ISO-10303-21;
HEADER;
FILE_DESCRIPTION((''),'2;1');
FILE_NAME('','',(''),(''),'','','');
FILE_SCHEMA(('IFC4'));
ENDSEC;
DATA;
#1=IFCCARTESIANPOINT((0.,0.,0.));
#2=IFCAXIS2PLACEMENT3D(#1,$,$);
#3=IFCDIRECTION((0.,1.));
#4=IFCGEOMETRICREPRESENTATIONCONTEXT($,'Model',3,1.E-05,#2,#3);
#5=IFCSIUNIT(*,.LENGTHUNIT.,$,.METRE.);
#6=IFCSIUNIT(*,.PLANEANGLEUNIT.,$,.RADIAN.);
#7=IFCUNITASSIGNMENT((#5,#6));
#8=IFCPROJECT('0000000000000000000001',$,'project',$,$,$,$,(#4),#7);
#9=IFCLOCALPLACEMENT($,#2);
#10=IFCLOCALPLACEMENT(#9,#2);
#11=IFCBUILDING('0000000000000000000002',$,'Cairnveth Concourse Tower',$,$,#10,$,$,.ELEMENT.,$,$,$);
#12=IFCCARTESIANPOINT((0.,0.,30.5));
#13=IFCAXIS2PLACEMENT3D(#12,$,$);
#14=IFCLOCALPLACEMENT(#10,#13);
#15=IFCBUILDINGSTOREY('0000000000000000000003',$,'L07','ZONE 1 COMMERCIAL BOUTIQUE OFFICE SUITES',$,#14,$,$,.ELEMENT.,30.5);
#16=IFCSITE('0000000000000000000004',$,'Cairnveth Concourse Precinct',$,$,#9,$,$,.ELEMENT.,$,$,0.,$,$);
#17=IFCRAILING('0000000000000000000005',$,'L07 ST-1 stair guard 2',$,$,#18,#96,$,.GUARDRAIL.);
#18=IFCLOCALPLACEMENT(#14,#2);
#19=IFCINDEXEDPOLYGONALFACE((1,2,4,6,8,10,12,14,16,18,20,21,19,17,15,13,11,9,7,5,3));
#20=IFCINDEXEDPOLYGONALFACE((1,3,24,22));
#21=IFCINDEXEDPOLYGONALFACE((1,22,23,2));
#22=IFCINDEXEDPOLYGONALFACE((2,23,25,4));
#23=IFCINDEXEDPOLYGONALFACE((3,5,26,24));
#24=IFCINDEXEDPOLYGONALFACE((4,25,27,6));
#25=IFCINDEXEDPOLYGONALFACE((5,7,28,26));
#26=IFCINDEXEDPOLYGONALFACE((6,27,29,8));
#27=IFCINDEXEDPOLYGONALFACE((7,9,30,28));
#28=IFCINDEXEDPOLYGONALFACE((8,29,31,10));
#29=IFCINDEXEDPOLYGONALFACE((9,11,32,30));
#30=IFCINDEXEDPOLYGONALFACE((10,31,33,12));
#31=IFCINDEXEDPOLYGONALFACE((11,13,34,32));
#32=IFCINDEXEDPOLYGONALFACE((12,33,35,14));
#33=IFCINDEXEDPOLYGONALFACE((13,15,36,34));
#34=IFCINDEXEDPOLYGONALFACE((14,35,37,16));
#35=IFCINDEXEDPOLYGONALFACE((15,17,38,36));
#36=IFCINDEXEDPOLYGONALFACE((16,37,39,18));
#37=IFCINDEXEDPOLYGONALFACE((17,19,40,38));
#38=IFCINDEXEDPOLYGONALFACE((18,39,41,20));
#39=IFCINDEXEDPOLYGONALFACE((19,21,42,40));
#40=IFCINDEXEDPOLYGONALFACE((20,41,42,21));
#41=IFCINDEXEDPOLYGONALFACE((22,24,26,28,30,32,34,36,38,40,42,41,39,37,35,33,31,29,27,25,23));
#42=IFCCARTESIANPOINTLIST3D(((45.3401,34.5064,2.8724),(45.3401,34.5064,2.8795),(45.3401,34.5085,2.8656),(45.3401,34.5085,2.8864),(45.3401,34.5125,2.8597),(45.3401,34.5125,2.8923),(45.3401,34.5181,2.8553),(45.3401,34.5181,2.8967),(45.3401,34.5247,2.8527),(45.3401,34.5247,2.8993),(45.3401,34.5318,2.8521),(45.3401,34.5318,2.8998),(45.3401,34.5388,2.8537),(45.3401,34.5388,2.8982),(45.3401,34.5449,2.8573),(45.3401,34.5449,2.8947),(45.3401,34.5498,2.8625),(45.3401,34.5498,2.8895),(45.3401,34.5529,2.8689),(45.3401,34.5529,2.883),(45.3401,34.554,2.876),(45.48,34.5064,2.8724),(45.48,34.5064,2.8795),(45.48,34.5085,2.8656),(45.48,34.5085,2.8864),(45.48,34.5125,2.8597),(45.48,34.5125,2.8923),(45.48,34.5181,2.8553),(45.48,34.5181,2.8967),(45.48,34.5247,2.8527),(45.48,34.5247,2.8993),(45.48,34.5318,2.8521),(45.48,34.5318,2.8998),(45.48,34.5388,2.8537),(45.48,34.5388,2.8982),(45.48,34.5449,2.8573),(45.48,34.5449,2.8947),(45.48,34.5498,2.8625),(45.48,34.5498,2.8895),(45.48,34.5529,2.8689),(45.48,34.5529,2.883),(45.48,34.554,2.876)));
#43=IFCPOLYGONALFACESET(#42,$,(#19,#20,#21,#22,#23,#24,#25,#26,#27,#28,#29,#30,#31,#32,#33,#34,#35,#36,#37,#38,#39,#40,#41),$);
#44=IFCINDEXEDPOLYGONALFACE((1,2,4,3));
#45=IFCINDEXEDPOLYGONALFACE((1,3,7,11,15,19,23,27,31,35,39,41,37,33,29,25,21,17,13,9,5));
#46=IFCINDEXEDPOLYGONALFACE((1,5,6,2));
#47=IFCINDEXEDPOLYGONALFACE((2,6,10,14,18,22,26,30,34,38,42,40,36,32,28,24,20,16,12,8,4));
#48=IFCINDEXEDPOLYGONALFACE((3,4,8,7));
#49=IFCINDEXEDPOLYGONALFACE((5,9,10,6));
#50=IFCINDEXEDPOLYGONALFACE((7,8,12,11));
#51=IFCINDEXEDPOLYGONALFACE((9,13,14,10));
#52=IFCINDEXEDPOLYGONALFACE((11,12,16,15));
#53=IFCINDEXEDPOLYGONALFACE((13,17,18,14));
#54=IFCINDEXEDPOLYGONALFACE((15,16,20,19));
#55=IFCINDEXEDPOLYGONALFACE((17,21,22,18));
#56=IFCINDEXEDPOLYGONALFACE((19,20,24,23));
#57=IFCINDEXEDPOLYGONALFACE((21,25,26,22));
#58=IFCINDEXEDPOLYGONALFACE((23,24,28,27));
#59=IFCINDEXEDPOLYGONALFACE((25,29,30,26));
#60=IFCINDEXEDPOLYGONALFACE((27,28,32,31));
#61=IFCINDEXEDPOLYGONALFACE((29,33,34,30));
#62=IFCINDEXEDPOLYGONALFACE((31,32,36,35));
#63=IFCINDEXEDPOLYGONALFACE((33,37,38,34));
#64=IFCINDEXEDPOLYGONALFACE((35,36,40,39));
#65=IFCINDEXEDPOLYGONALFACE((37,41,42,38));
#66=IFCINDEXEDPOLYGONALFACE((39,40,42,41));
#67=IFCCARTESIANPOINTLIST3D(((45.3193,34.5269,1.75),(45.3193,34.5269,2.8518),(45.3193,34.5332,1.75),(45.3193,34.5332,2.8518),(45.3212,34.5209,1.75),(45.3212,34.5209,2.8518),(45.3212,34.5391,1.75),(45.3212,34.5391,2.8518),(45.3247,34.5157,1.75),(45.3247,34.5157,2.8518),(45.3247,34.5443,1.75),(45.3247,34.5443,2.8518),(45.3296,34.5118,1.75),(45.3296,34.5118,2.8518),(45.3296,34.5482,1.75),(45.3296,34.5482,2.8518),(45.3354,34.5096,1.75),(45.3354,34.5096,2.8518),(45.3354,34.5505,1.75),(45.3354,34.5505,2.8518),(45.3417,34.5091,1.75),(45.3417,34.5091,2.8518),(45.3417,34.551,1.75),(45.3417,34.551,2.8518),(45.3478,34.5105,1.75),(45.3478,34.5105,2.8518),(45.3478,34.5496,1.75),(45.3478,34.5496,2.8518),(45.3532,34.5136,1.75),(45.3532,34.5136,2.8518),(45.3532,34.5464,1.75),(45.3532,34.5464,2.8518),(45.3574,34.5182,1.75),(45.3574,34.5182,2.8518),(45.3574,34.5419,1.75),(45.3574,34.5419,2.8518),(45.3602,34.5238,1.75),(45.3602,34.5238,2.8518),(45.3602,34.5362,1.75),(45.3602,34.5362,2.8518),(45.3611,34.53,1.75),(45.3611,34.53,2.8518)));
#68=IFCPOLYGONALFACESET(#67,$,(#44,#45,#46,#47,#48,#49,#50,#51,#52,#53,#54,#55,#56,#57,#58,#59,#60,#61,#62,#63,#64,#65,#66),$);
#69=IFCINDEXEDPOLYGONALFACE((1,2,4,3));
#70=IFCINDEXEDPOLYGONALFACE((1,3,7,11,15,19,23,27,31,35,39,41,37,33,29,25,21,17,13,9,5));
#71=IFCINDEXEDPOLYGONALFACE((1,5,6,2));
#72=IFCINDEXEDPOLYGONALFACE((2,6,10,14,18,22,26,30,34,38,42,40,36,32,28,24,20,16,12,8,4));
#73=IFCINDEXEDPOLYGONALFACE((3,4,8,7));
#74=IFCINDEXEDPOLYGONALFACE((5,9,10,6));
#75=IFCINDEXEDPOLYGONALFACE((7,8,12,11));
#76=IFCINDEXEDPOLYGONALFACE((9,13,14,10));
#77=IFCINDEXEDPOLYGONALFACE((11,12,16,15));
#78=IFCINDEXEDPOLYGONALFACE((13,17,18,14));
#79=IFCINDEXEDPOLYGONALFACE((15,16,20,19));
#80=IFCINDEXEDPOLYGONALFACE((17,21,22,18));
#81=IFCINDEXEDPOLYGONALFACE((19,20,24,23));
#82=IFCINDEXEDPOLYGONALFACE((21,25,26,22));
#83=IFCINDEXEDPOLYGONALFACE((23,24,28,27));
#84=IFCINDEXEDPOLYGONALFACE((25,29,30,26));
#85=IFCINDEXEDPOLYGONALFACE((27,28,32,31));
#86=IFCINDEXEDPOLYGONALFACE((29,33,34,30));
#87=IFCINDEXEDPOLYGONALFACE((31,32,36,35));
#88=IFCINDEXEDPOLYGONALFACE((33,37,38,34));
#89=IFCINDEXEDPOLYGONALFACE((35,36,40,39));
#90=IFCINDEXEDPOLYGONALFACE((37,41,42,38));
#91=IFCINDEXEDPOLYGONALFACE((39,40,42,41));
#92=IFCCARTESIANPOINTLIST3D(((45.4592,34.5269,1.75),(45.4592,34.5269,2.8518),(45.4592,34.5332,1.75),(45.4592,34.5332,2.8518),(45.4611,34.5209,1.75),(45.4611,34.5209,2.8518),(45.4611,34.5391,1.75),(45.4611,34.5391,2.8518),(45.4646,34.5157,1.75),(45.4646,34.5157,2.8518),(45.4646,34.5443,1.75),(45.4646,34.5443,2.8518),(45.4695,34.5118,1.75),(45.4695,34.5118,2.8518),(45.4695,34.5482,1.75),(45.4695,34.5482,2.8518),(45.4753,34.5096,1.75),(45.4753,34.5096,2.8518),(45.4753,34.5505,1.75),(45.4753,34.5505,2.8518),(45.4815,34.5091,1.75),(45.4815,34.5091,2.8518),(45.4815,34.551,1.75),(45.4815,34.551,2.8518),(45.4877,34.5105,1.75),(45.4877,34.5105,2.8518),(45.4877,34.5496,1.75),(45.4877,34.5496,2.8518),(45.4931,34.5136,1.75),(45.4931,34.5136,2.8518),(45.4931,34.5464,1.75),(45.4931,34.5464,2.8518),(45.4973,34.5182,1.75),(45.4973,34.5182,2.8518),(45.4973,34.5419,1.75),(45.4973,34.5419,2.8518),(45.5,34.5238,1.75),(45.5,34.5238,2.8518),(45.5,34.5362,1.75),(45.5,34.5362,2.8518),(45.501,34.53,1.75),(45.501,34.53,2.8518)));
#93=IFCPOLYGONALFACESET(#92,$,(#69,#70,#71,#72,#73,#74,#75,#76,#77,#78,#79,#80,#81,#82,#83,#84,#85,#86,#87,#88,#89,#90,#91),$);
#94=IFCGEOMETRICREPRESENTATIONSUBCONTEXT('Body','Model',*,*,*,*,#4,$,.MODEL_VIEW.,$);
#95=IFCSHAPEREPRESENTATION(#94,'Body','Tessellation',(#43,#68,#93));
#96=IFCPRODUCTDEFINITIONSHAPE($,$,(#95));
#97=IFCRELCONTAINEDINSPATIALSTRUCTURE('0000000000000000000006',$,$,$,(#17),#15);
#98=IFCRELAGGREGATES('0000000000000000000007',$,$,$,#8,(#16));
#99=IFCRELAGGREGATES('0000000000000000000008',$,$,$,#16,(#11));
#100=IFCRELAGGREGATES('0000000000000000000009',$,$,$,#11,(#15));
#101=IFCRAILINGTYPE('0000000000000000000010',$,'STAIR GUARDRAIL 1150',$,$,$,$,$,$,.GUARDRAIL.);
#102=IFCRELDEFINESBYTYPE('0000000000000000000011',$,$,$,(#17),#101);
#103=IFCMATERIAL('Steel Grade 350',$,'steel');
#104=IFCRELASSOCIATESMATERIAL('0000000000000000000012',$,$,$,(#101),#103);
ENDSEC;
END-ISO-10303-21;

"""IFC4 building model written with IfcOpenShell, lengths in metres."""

from ifc_helpers import new_model, si_unit, direction, frame, origin, origin_2d, place, context, subcontext, project, spatial, circle, extrude, material, type_object, element, save


model = new_model("IFC4")

# Units and contexts
model_context = context("Model", 3, precision=1e-05, world=origin(), true_north=direction((0.0, 1.0)))
body_context = subcontext(model_context, "Body", "Model", "MODEL_VIEW")
ifc_project = project(units=[si_unit("LENGTHUNIT", "METRE"), si_unit("PLANEANGLEUNIT", "RADIAN")], contexts=[model_context])

# Site, building, storey
site_placement = place(None, origin())
site = spatial("IfcSite", under=ifc_project, at=site_placement, Name="Cairnveth Concourse Precinct", CompositionType="ELEMENT", RefElevation=0.0)
building_placement = place(site_placement, origin())
building = spatial("IfcBuilding", under=site, at=building_placement, Name="Cairnveth Concourse Tower", CompositionType="ELEMENT")
storey_placement = place(building_placement, frame((0.0, 0.0, 30.5)))
storey = spatial("IfcBuildingStorey", under=building, at=storey_placement, Name="L07", Description="ZONE 1 COMMERCIAL BOUTIQUE OFFICE SUITES", CompositionType="ELEMENT", Elevation=30.5)

# Shared definitions
ifc_material_1 = material(Name="Steel Grade 350", Category="steel")

# Railing
railing_type_1 = type_object("IfcRailingType", Name="STAIR GUARDRAIL 1150", PredefinedType="GUARDRAIL", material=ifc_material_1)
railing_1_placement = place(storey_placement, frame((45.3401, 34.53, 1.75)))
element("IfcRailing", 1, at=railing_1_placement, inside=storey, type_object=railing_type_1, Name="L07 ST-1 stair guard 2", PredefinedType="GUARDRAIL", context=body_context, shape_type="SweptSolid", body=[
    extrude(circle(Radius=0.0239, at=origin_2d()), frame((0.0, 0.0, 1.126), z_axis=(1.0, 0.0, 0.0), x_axis=(0.0, 1.0, 0.0)), (0.0, 0.0, 1.0), 0.1399),
    extrude(circle(Radius=0.021, at=origin_2d()), origin(), (0.0, 0.0, 1.0), 1.1018),
    extrude(circle(Radius=0.021, at=origin_2d()), frame((0.1399, 0.0, 0.0)), (0.0, 0.0, 1.0), 1.1018),
])

save(model, "model.ifc")
